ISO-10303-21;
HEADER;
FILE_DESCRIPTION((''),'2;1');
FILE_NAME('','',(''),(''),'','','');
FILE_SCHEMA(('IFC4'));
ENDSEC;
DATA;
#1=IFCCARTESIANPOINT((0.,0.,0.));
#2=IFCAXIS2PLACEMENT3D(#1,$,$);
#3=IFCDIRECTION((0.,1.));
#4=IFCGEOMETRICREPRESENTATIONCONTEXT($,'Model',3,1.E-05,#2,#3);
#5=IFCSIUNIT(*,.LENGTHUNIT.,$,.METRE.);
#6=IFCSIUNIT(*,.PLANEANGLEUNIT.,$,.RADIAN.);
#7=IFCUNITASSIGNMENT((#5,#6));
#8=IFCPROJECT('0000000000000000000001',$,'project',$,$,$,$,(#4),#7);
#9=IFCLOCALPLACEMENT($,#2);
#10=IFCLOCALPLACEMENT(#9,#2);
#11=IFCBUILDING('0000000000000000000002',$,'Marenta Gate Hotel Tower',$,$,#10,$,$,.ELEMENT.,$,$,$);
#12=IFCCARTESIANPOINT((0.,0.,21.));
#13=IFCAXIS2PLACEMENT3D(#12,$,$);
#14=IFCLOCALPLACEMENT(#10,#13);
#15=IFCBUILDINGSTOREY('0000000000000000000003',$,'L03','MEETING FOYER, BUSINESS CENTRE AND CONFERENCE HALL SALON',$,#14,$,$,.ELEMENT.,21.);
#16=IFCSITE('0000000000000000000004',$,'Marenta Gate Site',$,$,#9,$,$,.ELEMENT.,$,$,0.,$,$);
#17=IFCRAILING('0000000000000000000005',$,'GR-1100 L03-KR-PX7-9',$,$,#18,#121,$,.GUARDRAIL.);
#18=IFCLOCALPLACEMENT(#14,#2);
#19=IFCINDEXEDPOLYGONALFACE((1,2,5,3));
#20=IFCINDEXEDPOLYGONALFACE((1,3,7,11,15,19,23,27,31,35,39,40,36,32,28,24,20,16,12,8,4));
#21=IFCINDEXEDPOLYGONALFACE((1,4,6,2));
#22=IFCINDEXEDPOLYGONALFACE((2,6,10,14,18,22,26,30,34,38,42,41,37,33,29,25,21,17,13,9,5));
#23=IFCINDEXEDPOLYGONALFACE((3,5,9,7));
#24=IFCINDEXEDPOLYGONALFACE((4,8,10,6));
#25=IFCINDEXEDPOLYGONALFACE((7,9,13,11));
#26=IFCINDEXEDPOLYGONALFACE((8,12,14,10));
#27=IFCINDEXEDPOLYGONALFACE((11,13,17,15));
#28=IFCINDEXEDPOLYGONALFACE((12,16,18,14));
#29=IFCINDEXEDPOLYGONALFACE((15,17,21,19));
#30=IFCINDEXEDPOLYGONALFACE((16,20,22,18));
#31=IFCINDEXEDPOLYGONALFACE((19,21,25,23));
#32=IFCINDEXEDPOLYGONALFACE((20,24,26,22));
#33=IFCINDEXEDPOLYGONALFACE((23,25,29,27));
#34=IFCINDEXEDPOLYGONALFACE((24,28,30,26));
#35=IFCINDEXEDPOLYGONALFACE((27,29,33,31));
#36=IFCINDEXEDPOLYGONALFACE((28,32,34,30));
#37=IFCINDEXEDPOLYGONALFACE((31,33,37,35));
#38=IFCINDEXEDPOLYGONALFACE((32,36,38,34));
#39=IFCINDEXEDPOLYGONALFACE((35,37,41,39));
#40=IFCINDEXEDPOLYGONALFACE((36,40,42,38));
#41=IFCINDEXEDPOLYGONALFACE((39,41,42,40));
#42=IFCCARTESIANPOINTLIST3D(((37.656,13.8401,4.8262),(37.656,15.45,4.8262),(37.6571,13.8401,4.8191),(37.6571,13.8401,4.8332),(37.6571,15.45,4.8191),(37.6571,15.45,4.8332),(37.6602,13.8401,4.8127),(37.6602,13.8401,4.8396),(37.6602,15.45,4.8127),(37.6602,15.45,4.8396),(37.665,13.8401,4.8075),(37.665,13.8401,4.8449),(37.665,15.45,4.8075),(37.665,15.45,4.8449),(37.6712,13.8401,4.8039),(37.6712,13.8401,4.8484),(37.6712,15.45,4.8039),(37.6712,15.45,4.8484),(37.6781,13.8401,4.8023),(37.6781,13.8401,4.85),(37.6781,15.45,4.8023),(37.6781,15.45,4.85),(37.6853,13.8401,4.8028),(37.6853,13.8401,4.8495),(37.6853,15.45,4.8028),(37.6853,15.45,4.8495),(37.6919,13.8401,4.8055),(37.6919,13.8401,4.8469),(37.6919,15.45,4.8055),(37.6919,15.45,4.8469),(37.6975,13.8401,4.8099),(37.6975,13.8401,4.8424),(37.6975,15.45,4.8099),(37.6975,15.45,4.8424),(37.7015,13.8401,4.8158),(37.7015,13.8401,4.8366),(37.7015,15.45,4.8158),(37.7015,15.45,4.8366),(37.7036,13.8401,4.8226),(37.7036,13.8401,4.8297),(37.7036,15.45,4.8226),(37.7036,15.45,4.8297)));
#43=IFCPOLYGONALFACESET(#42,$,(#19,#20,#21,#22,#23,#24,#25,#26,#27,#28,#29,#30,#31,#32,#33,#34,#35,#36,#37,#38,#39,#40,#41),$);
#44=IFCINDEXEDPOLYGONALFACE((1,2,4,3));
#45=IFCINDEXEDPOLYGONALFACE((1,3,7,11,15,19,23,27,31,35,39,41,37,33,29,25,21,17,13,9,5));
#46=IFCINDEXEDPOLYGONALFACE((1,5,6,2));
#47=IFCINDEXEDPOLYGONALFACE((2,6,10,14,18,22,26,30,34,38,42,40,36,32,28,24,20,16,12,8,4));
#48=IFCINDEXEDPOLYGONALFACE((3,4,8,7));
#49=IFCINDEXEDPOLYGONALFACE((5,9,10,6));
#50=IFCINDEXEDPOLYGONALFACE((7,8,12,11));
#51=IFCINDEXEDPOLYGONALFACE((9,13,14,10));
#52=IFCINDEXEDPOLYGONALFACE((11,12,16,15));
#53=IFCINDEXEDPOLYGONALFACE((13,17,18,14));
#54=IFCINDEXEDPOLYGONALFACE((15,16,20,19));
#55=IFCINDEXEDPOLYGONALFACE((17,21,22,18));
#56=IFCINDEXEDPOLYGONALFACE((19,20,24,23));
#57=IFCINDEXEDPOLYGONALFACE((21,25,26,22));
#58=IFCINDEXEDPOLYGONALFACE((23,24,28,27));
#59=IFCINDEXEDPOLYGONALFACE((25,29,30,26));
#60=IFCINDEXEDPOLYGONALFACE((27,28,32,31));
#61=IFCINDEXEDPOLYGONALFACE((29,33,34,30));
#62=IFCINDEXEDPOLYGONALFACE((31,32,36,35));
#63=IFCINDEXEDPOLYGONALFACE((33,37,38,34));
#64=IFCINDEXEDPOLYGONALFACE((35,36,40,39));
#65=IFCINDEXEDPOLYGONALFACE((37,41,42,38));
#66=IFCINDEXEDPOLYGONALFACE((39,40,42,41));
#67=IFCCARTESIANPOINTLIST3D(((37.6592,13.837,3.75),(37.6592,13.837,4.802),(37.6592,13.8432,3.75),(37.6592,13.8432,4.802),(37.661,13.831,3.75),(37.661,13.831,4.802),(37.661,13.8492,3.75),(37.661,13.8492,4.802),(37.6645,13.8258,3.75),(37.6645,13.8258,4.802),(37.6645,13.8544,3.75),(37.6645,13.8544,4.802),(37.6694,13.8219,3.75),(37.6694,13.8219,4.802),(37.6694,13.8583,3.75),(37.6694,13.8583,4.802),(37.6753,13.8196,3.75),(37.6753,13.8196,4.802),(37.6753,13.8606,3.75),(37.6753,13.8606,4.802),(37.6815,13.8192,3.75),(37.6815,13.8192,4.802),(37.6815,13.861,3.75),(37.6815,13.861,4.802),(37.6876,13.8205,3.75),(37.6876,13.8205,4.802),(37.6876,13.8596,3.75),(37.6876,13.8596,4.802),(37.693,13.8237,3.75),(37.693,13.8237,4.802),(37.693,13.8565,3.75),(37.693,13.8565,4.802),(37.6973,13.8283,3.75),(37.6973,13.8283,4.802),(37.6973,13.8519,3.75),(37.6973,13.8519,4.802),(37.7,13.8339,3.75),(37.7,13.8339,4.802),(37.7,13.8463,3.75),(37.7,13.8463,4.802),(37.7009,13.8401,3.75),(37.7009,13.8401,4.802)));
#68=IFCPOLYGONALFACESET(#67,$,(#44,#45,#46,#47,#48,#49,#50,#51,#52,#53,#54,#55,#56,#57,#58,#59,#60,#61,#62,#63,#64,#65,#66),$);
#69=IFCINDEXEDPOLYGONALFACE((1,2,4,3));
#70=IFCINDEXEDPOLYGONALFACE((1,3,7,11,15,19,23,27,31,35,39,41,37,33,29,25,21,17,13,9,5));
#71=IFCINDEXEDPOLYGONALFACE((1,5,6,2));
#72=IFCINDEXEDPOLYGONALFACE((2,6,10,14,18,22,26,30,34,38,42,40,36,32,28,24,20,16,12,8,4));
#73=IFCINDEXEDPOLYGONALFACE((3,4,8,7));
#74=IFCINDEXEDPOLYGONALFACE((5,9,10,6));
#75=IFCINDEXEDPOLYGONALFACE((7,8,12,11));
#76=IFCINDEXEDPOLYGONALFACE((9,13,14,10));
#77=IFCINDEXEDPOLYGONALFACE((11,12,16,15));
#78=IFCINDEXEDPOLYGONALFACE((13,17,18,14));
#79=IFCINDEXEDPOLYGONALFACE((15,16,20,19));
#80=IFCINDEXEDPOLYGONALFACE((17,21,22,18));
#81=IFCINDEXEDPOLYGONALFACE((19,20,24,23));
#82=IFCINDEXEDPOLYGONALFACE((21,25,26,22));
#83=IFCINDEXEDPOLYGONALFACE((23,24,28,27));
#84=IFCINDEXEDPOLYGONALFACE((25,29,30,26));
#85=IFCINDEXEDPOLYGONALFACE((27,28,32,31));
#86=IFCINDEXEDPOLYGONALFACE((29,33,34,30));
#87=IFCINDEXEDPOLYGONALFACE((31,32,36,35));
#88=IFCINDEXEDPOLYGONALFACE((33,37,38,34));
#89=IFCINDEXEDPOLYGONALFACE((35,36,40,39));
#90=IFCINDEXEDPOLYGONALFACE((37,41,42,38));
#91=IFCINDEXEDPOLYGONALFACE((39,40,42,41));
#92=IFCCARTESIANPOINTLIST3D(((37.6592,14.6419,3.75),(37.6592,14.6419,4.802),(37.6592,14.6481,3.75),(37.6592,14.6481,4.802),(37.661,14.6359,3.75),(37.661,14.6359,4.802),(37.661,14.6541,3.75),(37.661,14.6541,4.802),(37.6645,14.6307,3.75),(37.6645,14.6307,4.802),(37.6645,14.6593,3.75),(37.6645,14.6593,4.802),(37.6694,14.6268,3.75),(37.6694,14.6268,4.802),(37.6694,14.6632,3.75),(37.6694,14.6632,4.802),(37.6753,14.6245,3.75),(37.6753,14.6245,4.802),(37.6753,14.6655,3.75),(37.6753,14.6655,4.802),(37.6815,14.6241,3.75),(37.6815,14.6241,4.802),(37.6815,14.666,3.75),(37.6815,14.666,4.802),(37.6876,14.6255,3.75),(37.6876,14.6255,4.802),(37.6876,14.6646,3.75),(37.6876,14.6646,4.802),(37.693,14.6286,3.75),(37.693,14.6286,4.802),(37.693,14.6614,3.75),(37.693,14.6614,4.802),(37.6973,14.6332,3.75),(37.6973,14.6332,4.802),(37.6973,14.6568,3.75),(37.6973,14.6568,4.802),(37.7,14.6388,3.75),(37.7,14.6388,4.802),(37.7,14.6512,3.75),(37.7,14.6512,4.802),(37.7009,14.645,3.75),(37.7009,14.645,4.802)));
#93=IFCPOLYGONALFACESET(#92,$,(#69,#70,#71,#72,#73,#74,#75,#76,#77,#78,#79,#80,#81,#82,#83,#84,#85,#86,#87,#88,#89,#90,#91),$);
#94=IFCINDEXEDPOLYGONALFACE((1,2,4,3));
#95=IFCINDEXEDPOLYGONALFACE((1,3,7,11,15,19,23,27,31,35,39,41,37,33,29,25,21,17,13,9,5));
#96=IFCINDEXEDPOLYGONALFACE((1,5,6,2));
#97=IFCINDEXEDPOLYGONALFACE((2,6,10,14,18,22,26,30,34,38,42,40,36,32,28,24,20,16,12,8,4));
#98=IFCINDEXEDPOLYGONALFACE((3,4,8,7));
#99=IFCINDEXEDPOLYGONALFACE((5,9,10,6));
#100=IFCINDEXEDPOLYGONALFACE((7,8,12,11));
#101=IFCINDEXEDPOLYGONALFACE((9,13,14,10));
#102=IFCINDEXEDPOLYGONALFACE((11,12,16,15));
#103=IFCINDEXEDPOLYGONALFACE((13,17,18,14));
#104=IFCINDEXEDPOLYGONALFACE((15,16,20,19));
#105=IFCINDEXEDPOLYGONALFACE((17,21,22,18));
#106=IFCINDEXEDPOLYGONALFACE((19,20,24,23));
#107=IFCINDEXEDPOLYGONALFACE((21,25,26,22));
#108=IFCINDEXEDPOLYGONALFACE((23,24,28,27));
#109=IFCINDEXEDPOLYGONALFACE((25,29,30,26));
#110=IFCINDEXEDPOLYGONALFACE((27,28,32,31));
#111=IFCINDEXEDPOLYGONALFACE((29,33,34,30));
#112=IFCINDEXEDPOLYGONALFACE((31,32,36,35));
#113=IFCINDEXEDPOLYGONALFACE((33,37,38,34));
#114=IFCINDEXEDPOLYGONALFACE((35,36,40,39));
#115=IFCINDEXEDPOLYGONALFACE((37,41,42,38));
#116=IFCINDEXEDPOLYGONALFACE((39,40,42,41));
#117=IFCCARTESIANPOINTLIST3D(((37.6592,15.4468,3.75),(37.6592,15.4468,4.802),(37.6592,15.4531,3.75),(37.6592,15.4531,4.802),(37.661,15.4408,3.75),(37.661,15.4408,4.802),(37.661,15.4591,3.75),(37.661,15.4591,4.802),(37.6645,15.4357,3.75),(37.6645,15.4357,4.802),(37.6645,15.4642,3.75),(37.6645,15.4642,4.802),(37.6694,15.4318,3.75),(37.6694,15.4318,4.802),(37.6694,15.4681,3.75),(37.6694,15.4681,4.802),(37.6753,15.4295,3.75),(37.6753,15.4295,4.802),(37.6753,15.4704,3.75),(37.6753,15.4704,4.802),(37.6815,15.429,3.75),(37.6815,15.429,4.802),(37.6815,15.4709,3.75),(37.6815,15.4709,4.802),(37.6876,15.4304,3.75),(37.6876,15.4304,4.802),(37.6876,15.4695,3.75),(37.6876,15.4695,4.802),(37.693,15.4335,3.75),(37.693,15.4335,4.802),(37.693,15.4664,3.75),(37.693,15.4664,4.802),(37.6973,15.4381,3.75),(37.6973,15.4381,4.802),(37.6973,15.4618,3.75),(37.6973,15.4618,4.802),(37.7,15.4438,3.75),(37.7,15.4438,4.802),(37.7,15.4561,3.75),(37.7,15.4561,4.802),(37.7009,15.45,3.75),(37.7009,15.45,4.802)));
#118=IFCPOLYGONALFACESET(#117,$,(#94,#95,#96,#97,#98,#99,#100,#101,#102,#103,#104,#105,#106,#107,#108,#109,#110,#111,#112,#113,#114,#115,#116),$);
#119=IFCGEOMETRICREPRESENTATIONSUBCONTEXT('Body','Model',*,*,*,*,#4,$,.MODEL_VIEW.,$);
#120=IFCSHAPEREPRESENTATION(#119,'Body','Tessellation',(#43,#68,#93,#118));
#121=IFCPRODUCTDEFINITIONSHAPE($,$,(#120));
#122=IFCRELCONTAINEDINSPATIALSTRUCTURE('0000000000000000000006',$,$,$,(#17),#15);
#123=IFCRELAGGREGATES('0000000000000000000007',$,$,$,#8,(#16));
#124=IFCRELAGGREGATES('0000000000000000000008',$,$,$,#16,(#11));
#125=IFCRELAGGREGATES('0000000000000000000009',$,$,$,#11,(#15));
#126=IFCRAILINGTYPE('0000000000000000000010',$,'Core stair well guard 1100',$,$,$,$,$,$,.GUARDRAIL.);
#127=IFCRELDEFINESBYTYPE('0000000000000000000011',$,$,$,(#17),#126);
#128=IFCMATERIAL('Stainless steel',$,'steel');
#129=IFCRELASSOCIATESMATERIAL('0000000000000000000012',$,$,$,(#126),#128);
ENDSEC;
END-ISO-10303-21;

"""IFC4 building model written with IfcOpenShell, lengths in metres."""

from ifc_helpers import new_model, si_unit, direction, frame, origin, origin_2d, place, context, subcontext, project, spatial, circle, extrude, material, type_object, element, save


model = new_model("IFC4")

# Units and contexts
model_context = context("Model", 3, precision=1e-05, world=origin(), true_north=direction((0.0, 1.0)))
body_context = subcontext(model_context, "Body", "Model", "MODEL_VIEW")
ifc_project = project(units=[si_unit("LENGTHUNIT", "METRE"), si_unit("PLANEANGLEUNIT", "RADIAN")], contexts=[model_context])

# Site, building, storey
site_placement = place(None, origin())
site = spatial("IfcSite", under=ifc_project, at=site_placement, Name="Marenta Gate Site", CompositionType="ELEMENT", RefElevation=0.0)
building_placement = place(site_placement, origin())
building = spatial("IfcBuilding", under=site, at=building_placement, Name="Marenta Gate Hotel Tower", CompositionType="ELEMENT")
storey_placement = place(building_placement, frame((0.0, 0.0, 21.0)))
storey = spatial("IfcBuildingStorey", under=building, at=storey_placement, Name="L03", Description="MEETING FOYER, BUSINESS CENTRE AND CONFERENCE HALL SALON", CompositionType="ELEMENT", Elevation=21.0)

# Railing
ifc_material_1 = material(Name="Stainless steel", Category="steel")
railing_type_1 = type_object("IfcRailingType", Name="Core stair well guard 1100", PredefinedType="GUARDRAIL", material=ifc_material_1)
railing_1_placement = place(storey_placement, frame((37.6799, 13.8401, 3.75)))
element("IfcRailing", 1, at=railing_1_placement, inside=storey, type_object=railing_type_1, Name="GR-1100 L03-KR-PX7-9", PredefinedType="GUARDRAIL", context=body_context, shape_type="SweptSolid", body=[
    extrude(circle(Radius=0.0239, at=origin_2d()), frame((0.0, 0.0, 1.0762), z_axis=(0.0, 1.0, 0.0), x_axis=(-1.0, 0.0, 0.0)), (0.0, 0.0, 1.0), 1.6099),
    extrude(circle(Radius=0.021, at=origin_2d()), origin(), (0.0, 0.0, 1.0), 1.052),
    extrude(circle(Radius=0.021, at=origin_2d()), frame((0.0, 0.8049, 0.0)), (0.0, 0.0, 1.0), 1.052),
    extrude(circle(Radius=0.021, at=origin_2d()), frame((0.0, 1.6099, 0.0)), (0.0, 0.0, 1.0), 1.052),
])

save(model, "model.ifc")
